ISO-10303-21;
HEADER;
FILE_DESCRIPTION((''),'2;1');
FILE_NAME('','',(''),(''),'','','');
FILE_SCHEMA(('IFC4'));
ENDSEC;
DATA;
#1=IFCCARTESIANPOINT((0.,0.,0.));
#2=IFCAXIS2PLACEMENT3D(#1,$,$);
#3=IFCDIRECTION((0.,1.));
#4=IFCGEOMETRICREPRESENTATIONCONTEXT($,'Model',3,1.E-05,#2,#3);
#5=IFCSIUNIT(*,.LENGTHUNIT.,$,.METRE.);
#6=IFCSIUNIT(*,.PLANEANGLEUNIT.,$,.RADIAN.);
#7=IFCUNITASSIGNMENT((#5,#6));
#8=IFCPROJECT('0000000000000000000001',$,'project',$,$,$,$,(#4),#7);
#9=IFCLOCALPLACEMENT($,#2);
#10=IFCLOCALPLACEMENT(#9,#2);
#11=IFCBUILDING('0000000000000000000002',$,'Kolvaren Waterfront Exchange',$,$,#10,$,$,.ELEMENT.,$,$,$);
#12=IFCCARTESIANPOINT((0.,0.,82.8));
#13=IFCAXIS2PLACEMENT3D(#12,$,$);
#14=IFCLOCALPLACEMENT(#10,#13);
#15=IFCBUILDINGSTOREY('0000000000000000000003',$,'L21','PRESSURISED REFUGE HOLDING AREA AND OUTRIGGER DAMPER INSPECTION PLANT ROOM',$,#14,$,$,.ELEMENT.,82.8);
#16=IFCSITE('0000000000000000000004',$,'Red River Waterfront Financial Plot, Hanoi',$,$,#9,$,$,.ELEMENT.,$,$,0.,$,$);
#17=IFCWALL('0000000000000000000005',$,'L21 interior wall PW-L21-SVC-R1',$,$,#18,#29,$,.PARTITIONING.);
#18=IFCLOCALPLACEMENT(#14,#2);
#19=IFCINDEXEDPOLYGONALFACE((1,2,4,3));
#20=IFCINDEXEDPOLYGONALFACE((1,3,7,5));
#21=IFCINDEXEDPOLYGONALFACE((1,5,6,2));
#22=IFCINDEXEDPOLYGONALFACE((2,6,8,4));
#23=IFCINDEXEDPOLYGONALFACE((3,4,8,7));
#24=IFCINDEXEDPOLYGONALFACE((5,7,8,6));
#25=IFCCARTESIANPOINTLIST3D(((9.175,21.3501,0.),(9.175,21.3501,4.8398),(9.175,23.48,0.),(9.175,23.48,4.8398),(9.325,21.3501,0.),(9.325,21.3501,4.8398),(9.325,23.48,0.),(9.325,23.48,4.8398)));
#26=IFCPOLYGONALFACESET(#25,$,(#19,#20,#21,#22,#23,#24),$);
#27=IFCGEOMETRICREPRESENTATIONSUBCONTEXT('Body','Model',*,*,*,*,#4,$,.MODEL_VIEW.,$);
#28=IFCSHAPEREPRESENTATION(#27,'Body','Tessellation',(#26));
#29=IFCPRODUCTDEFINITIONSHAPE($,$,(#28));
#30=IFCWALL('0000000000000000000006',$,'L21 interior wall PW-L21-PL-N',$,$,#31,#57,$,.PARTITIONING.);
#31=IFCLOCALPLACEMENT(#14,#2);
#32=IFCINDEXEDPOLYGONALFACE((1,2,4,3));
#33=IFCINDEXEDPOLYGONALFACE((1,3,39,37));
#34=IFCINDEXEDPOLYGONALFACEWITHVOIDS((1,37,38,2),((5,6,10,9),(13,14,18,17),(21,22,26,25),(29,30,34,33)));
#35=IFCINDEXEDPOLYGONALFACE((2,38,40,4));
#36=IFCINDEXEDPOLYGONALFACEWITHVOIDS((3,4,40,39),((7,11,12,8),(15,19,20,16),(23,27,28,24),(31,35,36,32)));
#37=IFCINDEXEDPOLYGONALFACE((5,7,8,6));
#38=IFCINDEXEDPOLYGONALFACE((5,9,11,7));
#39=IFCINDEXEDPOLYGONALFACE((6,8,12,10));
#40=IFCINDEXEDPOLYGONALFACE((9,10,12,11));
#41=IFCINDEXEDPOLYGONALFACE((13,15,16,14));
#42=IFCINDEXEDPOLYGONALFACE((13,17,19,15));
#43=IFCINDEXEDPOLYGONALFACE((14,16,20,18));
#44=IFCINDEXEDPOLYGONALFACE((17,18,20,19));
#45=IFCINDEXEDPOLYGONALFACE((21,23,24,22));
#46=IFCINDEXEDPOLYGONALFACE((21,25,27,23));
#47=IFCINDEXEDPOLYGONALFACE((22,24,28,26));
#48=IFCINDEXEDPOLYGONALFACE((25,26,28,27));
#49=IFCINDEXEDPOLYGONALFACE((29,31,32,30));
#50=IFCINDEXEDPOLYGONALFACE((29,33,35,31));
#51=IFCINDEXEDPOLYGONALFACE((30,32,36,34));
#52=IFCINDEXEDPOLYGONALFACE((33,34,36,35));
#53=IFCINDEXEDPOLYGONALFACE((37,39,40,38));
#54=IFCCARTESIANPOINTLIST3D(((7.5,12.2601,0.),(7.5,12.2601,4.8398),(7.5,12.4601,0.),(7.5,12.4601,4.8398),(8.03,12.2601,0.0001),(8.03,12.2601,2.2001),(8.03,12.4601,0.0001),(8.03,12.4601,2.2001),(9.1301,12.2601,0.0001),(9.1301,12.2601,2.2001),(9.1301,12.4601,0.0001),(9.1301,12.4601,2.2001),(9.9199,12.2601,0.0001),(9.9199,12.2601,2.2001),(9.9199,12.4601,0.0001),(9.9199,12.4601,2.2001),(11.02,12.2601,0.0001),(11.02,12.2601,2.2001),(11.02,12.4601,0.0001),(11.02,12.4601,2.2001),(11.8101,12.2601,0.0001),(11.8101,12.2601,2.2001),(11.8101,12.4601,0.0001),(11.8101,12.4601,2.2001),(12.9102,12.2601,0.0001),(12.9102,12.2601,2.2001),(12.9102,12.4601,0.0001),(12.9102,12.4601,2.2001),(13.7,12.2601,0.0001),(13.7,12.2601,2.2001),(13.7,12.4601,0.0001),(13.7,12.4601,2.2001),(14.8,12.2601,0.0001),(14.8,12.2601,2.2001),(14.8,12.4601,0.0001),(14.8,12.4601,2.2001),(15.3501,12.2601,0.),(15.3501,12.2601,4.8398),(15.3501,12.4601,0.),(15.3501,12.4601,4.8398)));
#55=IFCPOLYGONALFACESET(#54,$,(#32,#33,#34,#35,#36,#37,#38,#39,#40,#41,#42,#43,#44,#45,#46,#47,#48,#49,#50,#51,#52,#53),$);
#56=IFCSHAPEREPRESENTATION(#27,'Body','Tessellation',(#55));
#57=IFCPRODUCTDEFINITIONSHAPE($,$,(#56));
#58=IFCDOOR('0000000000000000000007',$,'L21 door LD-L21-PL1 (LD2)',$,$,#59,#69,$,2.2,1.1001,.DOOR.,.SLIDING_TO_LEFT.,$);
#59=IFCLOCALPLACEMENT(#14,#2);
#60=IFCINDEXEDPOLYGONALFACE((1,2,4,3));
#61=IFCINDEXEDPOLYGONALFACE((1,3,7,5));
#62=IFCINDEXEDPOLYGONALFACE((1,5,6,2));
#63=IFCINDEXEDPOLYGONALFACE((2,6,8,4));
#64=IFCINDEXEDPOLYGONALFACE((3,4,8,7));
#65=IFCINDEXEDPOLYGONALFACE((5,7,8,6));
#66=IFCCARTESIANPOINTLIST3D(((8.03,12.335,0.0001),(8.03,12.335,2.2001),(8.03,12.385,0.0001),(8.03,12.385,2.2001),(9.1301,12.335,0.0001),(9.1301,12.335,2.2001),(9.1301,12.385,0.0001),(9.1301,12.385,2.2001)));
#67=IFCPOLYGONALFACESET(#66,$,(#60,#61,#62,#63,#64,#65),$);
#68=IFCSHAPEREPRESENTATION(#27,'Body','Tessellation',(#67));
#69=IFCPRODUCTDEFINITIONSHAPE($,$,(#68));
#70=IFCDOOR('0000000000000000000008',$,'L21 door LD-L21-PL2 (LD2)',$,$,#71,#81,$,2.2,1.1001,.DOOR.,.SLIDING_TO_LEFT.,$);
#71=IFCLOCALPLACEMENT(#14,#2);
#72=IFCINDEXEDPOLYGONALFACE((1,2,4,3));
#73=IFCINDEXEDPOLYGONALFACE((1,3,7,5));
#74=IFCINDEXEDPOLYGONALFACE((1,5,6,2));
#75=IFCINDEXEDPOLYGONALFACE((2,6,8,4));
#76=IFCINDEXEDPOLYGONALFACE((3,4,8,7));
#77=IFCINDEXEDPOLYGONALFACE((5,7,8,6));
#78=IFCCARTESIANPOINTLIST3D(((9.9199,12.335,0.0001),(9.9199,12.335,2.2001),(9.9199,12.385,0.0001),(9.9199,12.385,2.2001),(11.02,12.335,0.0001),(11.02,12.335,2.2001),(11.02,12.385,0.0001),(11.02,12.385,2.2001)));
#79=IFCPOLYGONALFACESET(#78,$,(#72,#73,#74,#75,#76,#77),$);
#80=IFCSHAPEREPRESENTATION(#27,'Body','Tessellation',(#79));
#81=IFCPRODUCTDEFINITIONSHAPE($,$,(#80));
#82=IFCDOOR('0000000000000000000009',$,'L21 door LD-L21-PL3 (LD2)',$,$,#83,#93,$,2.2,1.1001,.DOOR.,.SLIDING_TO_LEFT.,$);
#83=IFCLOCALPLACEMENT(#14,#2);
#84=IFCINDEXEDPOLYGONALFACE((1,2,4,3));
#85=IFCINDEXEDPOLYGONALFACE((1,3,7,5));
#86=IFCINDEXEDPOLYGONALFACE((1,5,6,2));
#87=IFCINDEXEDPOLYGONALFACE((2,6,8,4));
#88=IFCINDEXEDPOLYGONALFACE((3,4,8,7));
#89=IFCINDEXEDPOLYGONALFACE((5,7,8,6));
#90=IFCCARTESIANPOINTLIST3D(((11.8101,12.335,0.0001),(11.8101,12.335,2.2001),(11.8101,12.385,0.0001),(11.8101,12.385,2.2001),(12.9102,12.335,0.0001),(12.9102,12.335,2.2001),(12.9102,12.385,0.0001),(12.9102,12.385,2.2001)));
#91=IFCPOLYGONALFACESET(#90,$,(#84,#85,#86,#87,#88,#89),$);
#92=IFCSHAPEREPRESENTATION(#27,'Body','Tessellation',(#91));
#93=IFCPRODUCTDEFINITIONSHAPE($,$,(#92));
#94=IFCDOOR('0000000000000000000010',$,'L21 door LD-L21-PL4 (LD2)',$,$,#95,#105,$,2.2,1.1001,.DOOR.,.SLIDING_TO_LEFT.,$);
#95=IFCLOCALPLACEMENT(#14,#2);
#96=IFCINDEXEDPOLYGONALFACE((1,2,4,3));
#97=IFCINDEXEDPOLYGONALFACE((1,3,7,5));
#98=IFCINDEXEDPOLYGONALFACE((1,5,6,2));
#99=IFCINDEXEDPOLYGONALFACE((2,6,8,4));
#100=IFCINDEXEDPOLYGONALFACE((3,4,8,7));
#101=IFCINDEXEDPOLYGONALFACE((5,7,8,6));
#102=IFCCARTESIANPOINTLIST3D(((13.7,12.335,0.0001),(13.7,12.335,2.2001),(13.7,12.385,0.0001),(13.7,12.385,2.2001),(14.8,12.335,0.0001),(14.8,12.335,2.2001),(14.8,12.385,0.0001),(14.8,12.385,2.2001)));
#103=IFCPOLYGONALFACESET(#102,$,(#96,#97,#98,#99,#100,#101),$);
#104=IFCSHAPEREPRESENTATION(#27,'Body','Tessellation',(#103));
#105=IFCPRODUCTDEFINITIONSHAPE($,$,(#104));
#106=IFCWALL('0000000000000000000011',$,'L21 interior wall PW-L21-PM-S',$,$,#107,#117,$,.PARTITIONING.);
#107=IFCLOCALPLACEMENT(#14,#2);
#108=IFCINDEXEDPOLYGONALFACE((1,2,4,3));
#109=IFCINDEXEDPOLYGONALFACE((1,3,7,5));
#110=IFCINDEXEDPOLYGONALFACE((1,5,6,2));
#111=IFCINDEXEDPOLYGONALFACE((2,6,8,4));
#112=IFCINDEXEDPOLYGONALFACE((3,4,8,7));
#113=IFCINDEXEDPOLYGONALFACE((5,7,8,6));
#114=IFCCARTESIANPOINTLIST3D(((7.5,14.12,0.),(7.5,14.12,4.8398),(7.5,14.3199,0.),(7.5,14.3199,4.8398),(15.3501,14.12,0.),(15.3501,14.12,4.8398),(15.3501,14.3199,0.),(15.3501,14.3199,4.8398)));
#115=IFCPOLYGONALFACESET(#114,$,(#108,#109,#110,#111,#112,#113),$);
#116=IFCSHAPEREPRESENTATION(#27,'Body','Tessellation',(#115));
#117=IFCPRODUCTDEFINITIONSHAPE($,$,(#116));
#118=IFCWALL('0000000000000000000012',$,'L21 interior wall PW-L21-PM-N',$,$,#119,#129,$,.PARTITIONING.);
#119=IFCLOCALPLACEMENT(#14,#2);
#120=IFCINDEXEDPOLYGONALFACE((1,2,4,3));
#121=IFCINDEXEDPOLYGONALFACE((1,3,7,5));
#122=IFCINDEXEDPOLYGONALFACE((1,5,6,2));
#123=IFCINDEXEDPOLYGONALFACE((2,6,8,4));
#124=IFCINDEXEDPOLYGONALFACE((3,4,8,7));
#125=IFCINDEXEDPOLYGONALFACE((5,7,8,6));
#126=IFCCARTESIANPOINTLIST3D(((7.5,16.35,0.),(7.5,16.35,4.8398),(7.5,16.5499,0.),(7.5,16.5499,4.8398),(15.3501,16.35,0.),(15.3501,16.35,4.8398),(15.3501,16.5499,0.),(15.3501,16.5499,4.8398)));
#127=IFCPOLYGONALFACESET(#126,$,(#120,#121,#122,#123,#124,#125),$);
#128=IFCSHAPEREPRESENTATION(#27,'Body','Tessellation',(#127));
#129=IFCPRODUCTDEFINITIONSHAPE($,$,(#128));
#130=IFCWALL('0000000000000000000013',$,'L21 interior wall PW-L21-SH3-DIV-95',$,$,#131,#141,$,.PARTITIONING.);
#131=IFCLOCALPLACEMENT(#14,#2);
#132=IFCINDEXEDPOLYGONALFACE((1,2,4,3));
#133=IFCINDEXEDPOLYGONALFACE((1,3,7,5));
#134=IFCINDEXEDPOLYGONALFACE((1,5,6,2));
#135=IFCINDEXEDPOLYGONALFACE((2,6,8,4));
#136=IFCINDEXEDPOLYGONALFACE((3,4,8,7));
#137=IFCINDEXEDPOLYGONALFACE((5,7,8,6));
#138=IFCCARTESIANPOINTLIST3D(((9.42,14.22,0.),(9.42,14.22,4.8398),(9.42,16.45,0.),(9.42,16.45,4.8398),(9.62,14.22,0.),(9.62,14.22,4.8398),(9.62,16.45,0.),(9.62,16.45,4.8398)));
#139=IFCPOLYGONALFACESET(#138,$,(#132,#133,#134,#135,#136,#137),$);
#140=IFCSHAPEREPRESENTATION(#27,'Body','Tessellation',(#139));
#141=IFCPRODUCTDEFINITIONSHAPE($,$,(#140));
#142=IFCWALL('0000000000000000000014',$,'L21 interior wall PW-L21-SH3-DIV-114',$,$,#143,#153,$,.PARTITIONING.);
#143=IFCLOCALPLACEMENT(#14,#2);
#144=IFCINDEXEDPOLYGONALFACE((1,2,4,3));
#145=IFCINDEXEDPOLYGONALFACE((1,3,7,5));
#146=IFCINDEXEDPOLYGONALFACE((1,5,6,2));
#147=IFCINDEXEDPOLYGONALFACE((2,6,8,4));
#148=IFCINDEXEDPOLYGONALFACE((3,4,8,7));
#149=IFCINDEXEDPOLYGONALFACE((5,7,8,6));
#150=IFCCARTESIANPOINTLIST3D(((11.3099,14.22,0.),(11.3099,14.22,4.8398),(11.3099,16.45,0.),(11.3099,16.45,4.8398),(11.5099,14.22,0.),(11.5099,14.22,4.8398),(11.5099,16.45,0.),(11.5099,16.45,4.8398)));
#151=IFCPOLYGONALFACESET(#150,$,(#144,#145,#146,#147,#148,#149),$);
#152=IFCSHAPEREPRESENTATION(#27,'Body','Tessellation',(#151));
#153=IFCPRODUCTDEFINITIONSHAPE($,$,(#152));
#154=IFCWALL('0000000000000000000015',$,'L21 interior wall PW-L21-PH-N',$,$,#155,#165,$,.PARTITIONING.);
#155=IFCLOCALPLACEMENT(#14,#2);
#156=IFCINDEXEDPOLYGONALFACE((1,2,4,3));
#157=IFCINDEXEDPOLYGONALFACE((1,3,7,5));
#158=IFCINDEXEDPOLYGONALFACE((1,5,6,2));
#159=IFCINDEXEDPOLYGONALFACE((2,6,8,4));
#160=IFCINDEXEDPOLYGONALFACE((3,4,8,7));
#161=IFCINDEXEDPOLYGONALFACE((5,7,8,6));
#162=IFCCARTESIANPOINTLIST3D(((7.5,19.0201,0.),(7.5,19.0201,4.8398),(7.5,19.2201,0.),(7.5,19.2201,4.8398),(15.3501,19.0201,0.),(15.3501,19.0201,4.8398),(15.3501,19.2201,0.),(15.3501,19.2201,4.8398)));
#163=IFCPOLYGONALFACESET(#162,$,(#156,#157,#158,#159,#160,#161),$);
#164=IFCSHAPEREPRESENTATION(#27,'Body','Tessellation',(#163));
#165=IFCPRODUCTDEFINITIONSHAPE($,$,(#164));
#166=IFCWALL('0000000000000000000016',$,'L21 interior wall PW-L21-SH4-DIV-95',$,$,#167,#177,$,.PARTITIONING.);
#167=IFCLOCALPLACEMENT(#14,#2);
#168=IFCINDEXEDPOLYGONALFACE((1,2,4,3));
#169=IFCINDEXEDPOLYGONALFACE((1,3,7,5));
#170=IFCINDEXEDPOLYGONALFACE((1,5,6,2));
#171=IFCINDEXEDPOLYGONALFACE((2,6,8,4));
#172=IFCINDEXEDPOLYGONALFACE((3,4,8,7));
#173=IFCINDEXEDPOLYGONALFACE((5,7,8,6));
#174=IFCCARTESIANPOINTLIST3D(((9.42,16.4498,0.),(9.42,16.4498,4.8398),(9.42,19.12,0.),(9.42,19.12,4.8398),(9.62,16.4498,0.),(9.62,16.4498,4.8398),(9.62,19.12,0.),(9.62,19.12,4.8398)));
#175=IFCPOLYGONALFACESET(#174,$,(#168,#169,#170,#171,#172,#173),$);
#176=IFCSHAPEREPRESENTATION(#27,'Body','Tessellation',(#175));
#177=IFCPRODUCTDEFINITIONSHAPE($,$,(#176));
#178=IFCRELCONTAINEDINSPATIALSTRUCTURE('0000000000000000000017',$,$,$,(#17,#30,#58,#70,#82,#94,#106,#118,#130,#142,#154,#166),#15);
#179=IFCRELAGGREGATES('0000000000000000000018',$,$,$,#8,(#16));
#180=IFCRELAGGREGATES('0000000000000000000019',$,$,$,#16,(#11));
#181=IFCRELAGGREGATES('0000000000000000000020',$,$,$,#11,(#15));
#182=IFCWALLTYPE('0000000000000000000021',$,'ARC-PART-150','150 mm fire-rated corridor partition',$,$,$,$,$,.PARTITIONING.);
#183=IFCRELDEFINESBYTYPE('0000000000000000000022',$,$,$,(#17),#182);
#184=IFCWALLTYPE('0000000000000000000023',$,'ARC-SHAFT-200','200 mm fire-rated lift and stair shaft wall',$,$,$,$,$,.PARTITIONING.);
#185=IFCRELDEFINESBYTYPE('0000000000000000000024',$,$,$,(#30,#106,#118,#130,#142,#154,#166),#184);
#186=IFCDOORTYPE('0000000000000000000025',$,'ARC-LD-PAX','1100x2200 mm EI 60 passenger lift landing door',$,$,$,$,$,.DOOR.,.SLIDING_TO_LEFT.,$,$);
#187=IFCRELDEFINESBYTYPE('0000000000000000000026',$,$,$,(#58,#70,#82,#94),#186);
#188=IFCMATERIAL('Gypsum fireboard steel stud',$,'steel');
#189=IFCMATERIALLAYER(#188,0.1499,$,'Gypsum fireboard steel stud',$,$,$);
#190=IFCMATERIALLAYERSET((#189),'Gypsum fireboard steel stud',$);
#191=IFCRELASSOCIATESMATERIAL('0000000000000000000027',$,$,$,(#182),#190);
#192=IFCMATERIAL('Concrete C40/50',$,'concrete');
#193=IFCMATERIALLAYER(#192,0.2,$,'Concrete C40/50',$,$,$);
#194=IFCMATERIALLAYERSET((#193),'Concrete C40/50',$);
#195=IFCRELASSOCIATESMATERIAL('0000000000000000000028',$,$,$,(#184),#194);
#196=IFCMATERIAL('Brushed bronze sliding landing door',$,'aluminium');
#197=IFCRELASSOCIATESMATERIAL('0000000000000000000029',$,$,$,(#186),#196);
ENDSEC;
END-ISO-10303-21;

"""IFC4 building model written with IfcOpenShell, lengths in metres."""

from ifc_helpers import new_model, si_unit, direction, frame, frame_2d, origin, place, context, subcontext, project, spatial, rectangle, extrude, material, layer, layer_set, type_object, element, fill, save


model = new_model("IFC4")

# Units and contexts
model_context = context("Model", 3, precision=1e-05, world=origin(), true_north=direction((0.0, 1.0)))
body_context = subcontext(model_context, "Body", "Model", "MODEL_VIEW")
ifc_project = project(units=[si_unit("LENGTHUNIT", "METRE"), si_unit("PLANEANGLEUNIT", "RADIAN")], contexts=[model_context])

# Site, building, storey
site_placement = place(None, origin())
site = spatial("IfcSite", under=ifc_project, at=site_placement, Name="Red River Waterfront Financial Plot, Hanoi", CompositionType="ELEMENT", RefElevation=0.0)
building_placement = place(site_placement, origin())
building = spatial("IfcBuilding", under=site, at=building_placement, Name="Kolvaren Waterfront Exchange", CompositionType="ELEMENT")
storey_placement = place(building_placement, frame((0.0, 0.0, 82.8)))
storey = spatial("IfcBuildingStorey", under=building, at=storey_placement, Name="L21", Description="PRESSURISED REFUGE HOLDING AREA AND OUTRIGGER DAMPER INSPECTION PLANT ROOM", CompositionType="ELEMENT", Elevation=82.8)

# Wall
ifc_material_1 = material(Name="Gypsum fireboard steel stud", Category="steel")
ifc_layer_1 = layer(ifc_material_1, 0.1499, Name="Gypsum fireboard steel stud")
ifc_layer_set_1 = layer_set([ifc_layer_1], Name="Gypsum fireboard steel stud")
wall_type_1 = type_object("IfcWallType", Name="ARC-PART-150", Description="150 mm fire-rated corridor partition", PredefinedType="PARTITIONING", material=ifc_layer_set_1)
wall_1_placement = place(storey_placement, frame((9.25, 21.3501, 0.0), z_axis=(0.0, 0.0, 1.0), x_axis=(0.0, 1.0, 0.0)))
element("IfcWall", 1, at=wall_1_placement, inside=storey, type_object=wall_type_1, Name="L21 interior wall PW-L21-SVC-R1", PredefinedType="PARTITIONING", context=body_context, shape_type="SweptSolid", body=[
    extrude(rectangle(XDim=2.1299, YDim=0.1499, at=frame_2d((1.0649, 0.0))), origin(), (0.0, 0.0, 1.0), 4.8398),
])

# Wall, openings, doors
ifc_material_2 = material(Name="Concrete C40/50", Category="concrete")
ifc_layer_2 = layer(ifc_material_2, 0.2, Name="Concrete C40/50")
ifc_layer_set_2 = layer_set([ifc_layer_2], Name="Concrete C40/50")
wall_type_2 = type_object("IfcWallType", Name="ARC-SHAFT-200", Description="200 mm fire-rated lift and stair shaft wall", PredefinedType="PARTITIONING", material=ifc_layer_set_2)
wall_2_placement = place(storey_placement, frame((7.5, 12.3601, 0.0), z_axis=(0.0, 0.0, 1.0), x_axis=(1.0, 0.0, 0.0)))
wall_2 = element("IfcWall", 2, at=wall_2_placement, inside=storey, type_object=wall_type_2, Name="L21 interior wall PW-L21-PL-N", PredefinedType="PARTITIONING", context=body_context, shape_type="SweptSolid", body=[
    extrude(rectangle(XDim=7.8501, YDim=0.2, at=frame_2d((3.925, 0.0))), origin(), (0.0, 0.0, 1.0), 4.8398),
])
opening_1_placement = place(wall_2_placement, frame((0.53, 0.0, 0.0)))
opening_1 = element("IfcOpeningElement", 3, at=opening_1_placement, cuts=wall_2, PredefinedType="OPENING", context=body_context, shape_type="SweptSolid", body=[
    extrude(rectangle(XDim=1.1001, YDim=2.2, at=frame_2d((0.55, 1.1001))), frame((0.0, 0.1099, 0.0), z_axis=(0.0, -1.0, 0.0), x_axis=(1.0, 0.0, 0.0)), (0.0, 0.0, 1.0), 0.22),
])
opening_2_placement = place(wall_2_placement, frame((2.4199, 0.0, 0.0)))
opening_2 = element("IfcOpeningElement", 4, at=opening_2_placement, cuts=wall_2, PredefinedType="OPENING", context=body_context, shape_type="SweptSolid", body=[
    extrude(rectangle(XDim=1.1001, YDim=2.2, at=frame_2d((0.55, 1.1001))), frame((0.0, 0.1099, 0.0), z_axis=(0.0, -1.0, 0.0), x_axis=(1.0, 0.0, 0.0)), (0.0, 0.0, 1.0), 0.22),
])
opening_3_placement = place(wall_2_placement, frame((4.3101, 0.0, 0.0)))
opening_3 = element("IfcOpeningElement", 5, at=opening_3_placement, cuts=wall_2, PredefinedType="OPENING", context=body_context, shape_type="SweptSolid", body=[
    extrude(rectangle(XDim=1.1001, YDim=2.2, at=frame_2d((0.55, 1.1001))), frame((0.0, 0.1099, 0.0), z_axis=(0.0, -1.0, 0.0), x_axis=(1.0, 0.0, 0.0)), (0.0, 0.0, 1.0), 0.22),
])
opening_4_placement = place(wall_2_placement, frame((6.2, 0.0, 0.0)))
opening_4 = element("IfcOpeningElement", 6, at=opening_4_placement, cuts=wall_2, PredefinedType="OPENING", context=body_context, shape_type="SweptSolid", body=[
    extrude(rectangle(XDim=1.1001, YDim=2.2, at=frame_2d((0.55, 1.1001))), frame((0.0, 0.1099, 0.0), z_axis=(0.0, -1.0, 0.0), x_axis=(1.0, 0.0, 0.0)), (0.0, 0.0, 1.0), 0.22),
])
ifc_material_3 = material(Name="Brushed bronze sliding landing door", Category="aluminium")
door_type_1 = type_object("IfcDoorType", Name="ARC-LD-PAX", Description="1100x2200 mm EI 60 passenger lift landing door", OperationType="SLIDING_TO_LEFT", PredefinedType="DOOR", material=ifc_material_3)
door_1_placement = place(opening_1_placement, origin())
door_1 = element("IfcDoor", 7, at=door_1_placement, inside=storey, type_object=door_type_1, Name="L21 door LD-L21-PL1 (LD2)", OperationType="SLIDING_TO_LEFT", OverallHeight=2.2, OverallWidth=1.1001, PredefinedType="DOOR", context=body_context, shape_type="SweptSolid", body=[
    extrude(rectangle(XDim=1.1001, YDim=2.2, at=frame_2d((0.55, 1.1001))), frame((0.0, 0.0249, 0.0), z_axis=(0.0, -1.0, 0.0), x_axis=(1.0, 0.0, 0.0)), (0.0, 0.0, 1.0), 0.05),
])
fill(opening_1, door_1)
door_2_placement = place(opening_2_placement, origin())
door_2 = element("IfcDoor", 8, at=door_2_placement, inside=storey, type_object=door_type_1, Name="L21 door LD-L21-PL2 (LD2)", OperationType="SLIDING_TO_LEFT", OverallHeight=2.2, OverallWidth=1.1001, PredefinedType="DOOR", context=body_context, shape_type="SweptSolid", body=[
    extrude(rectangle(XDim=1.1001, YDim=2.2, at=frame_2d((0.55, 1.1001))), frame((0.0, 0.0249, 0.0), z_axis=(0.0, -1.0, 0.0), x_axis=(1.0, 0.0, 0.0)), (0.0, 0.0, 1.0), 0.05),
])
fill(opening_2, door_2)
door_3_placement = place(opening_3_placement, origin())
door_3 = element("IfcDoor", 9, at=door_3_placement, inside=storey, type_object=door_type_1, Name="L21 door LD-L21-PL3 (LD2)", OperationType="SLIDING_TO_LEFT", OverallHeight=2.2, OverallWidth=1.1001, PredefinedType="DOOR", context=body_context, shape_type="SweptSolid", body=[
    extrude(rectangle(XDim=1.1001, YDim=2.2, at=frame_2d((0.55, 1.1001))), frame((0.0, 0.0249, 0.0), z_axis=(0.0, -1.0, 0.0), x_axis=(1.0, 0.0, 0.0)), (0.0, 0.0, 1.0), 0.05),
])
fill(opening_3, door_3)
door_4_placement = place(opening_4_placement, origin())
door_4 = element("IfcDoor", 10, at=door_4_placement, inside=storey, type_object=door_type_1, Name="L21 door LD-L21-PL4 (LD2)", OperationType="SLIDING_TO_LEFT", OverallHeight=2.2, OverallWidth=1.1001, PredefinedType="DOOR", context=body_context, shape_type="SweptSolid", body=[
    extrude(rectangle(XDim=1.1001, YDim=2.2, at=frame_2d((0.55, 1.1001))), frame((0.0, 0.0249, 0.0), z_axis=(0.0, -1.0, 0.0), x_axis=(1.0, 0.0, 0.0)), (0.0, 0.0, 1.0), 0.05),
])
fill(opening_4, door_4)

# Walls
for number, where, z_axis, x_axis, name in (
    (11, (7.5, 14.22, 0.0), (0.0, 0.0, 1.0), (1.0, 0.0, 0.0), "L21 interior wall PW-L21-PM-S"),
    (12, (7.5, 16.45, 0.0), (0.0, 0.0, 1.0), (1.0, 0.0, 0.0), "L21 interior wall PW-L21-PM-N"),
):
    element("IfcWall", number, at=place(storey_placement, frame(where, z_axis=z_axis, x_axis=x_axis)), inside=storey, type_object=wall_type_2, Name=name, PredefinedType="PARTITIONING", context=body_context, shape_type="SweptSolid", body=[
        extrude(rectangle(XDim=7.8501, YDim=0.2, at=frame_2d((3.925, 0.0))), origin(), (0.0, 0.0, 1.0), 4.8398),
    ])
for number, where, z_axis, x_axis, name in (
    (13, (9.52, 14.22, 0.0), (0.0, 0.0, 1.0), (0.0, 1.0, 0.0), "L21 interior wall PW-L21-SH3-DIV-95"),
    (14, (11.4099, 14.22, 0.0), (0.0, 0.0, 1.0), (0.0, 1.0, 0.0), "L21 interior wall PW-L21-SH3-DIV-114"),
):
    element("IfcWall", number, at=place(storey_placement, frame(where, z_axis=z_axis, x_axis=x_axis)), inside=storey, type_object=wall_type_2, Name=name, PredefinedType="PARTITIONING", context=body_context, shape_type="SweptSolid", body=[
        extrude(rectangle(XDim=2.23, YDim=0.2, at=frame_2d((1.115, 0.0))), origin(), (0.0, 0.0, 1.0), 4.8398),
    ])
wall_3_placement = place(storey_placement, frame((7.5, 19.1201, 0.0), z_axis=(0.0, 0.0, 1.0), x_axis=(1.0, 0.0, 0.0)))
element("IfcWall", 15, at=wall_3_placement, inside=storey, type_object=wall_type_2, Name="L21 interior wall PW-L21-PH-N", PredefinedType="PARTITIONING", context=body_context, shape_type="SweptSolid", body=[
    extrude(rectangle(XDim=7.8501, YDim=0.2, at=frame_2d((3.925, 0.0))), origin(), (0.0, 0.0, 1.0), 4.8398),
])
wall_4_placement = place(storey_placement, frame((9.52, 16.45, 0.0), z_axis=(0.0, 0.0, 1.0), x_axis=(0.0, 1.0, 0.0)))
element("IfcWall", 16, at=wall_4_placement, inside=storey, type_object=wall_type_2, Name="L21 interior wall PW-L21-SH4-DIV-95", PredefinedType="PARTITIONING", context=body_context, shape_type="SweptSolid", body=[
    extrude(rectangle(XDim=2.6702, YDim=0.2, at=frame_2d((1.335, 0.0))), origin(), (0.0, 0.0, 1.0), 4.8398),
])

save(model, "model.ifc")
